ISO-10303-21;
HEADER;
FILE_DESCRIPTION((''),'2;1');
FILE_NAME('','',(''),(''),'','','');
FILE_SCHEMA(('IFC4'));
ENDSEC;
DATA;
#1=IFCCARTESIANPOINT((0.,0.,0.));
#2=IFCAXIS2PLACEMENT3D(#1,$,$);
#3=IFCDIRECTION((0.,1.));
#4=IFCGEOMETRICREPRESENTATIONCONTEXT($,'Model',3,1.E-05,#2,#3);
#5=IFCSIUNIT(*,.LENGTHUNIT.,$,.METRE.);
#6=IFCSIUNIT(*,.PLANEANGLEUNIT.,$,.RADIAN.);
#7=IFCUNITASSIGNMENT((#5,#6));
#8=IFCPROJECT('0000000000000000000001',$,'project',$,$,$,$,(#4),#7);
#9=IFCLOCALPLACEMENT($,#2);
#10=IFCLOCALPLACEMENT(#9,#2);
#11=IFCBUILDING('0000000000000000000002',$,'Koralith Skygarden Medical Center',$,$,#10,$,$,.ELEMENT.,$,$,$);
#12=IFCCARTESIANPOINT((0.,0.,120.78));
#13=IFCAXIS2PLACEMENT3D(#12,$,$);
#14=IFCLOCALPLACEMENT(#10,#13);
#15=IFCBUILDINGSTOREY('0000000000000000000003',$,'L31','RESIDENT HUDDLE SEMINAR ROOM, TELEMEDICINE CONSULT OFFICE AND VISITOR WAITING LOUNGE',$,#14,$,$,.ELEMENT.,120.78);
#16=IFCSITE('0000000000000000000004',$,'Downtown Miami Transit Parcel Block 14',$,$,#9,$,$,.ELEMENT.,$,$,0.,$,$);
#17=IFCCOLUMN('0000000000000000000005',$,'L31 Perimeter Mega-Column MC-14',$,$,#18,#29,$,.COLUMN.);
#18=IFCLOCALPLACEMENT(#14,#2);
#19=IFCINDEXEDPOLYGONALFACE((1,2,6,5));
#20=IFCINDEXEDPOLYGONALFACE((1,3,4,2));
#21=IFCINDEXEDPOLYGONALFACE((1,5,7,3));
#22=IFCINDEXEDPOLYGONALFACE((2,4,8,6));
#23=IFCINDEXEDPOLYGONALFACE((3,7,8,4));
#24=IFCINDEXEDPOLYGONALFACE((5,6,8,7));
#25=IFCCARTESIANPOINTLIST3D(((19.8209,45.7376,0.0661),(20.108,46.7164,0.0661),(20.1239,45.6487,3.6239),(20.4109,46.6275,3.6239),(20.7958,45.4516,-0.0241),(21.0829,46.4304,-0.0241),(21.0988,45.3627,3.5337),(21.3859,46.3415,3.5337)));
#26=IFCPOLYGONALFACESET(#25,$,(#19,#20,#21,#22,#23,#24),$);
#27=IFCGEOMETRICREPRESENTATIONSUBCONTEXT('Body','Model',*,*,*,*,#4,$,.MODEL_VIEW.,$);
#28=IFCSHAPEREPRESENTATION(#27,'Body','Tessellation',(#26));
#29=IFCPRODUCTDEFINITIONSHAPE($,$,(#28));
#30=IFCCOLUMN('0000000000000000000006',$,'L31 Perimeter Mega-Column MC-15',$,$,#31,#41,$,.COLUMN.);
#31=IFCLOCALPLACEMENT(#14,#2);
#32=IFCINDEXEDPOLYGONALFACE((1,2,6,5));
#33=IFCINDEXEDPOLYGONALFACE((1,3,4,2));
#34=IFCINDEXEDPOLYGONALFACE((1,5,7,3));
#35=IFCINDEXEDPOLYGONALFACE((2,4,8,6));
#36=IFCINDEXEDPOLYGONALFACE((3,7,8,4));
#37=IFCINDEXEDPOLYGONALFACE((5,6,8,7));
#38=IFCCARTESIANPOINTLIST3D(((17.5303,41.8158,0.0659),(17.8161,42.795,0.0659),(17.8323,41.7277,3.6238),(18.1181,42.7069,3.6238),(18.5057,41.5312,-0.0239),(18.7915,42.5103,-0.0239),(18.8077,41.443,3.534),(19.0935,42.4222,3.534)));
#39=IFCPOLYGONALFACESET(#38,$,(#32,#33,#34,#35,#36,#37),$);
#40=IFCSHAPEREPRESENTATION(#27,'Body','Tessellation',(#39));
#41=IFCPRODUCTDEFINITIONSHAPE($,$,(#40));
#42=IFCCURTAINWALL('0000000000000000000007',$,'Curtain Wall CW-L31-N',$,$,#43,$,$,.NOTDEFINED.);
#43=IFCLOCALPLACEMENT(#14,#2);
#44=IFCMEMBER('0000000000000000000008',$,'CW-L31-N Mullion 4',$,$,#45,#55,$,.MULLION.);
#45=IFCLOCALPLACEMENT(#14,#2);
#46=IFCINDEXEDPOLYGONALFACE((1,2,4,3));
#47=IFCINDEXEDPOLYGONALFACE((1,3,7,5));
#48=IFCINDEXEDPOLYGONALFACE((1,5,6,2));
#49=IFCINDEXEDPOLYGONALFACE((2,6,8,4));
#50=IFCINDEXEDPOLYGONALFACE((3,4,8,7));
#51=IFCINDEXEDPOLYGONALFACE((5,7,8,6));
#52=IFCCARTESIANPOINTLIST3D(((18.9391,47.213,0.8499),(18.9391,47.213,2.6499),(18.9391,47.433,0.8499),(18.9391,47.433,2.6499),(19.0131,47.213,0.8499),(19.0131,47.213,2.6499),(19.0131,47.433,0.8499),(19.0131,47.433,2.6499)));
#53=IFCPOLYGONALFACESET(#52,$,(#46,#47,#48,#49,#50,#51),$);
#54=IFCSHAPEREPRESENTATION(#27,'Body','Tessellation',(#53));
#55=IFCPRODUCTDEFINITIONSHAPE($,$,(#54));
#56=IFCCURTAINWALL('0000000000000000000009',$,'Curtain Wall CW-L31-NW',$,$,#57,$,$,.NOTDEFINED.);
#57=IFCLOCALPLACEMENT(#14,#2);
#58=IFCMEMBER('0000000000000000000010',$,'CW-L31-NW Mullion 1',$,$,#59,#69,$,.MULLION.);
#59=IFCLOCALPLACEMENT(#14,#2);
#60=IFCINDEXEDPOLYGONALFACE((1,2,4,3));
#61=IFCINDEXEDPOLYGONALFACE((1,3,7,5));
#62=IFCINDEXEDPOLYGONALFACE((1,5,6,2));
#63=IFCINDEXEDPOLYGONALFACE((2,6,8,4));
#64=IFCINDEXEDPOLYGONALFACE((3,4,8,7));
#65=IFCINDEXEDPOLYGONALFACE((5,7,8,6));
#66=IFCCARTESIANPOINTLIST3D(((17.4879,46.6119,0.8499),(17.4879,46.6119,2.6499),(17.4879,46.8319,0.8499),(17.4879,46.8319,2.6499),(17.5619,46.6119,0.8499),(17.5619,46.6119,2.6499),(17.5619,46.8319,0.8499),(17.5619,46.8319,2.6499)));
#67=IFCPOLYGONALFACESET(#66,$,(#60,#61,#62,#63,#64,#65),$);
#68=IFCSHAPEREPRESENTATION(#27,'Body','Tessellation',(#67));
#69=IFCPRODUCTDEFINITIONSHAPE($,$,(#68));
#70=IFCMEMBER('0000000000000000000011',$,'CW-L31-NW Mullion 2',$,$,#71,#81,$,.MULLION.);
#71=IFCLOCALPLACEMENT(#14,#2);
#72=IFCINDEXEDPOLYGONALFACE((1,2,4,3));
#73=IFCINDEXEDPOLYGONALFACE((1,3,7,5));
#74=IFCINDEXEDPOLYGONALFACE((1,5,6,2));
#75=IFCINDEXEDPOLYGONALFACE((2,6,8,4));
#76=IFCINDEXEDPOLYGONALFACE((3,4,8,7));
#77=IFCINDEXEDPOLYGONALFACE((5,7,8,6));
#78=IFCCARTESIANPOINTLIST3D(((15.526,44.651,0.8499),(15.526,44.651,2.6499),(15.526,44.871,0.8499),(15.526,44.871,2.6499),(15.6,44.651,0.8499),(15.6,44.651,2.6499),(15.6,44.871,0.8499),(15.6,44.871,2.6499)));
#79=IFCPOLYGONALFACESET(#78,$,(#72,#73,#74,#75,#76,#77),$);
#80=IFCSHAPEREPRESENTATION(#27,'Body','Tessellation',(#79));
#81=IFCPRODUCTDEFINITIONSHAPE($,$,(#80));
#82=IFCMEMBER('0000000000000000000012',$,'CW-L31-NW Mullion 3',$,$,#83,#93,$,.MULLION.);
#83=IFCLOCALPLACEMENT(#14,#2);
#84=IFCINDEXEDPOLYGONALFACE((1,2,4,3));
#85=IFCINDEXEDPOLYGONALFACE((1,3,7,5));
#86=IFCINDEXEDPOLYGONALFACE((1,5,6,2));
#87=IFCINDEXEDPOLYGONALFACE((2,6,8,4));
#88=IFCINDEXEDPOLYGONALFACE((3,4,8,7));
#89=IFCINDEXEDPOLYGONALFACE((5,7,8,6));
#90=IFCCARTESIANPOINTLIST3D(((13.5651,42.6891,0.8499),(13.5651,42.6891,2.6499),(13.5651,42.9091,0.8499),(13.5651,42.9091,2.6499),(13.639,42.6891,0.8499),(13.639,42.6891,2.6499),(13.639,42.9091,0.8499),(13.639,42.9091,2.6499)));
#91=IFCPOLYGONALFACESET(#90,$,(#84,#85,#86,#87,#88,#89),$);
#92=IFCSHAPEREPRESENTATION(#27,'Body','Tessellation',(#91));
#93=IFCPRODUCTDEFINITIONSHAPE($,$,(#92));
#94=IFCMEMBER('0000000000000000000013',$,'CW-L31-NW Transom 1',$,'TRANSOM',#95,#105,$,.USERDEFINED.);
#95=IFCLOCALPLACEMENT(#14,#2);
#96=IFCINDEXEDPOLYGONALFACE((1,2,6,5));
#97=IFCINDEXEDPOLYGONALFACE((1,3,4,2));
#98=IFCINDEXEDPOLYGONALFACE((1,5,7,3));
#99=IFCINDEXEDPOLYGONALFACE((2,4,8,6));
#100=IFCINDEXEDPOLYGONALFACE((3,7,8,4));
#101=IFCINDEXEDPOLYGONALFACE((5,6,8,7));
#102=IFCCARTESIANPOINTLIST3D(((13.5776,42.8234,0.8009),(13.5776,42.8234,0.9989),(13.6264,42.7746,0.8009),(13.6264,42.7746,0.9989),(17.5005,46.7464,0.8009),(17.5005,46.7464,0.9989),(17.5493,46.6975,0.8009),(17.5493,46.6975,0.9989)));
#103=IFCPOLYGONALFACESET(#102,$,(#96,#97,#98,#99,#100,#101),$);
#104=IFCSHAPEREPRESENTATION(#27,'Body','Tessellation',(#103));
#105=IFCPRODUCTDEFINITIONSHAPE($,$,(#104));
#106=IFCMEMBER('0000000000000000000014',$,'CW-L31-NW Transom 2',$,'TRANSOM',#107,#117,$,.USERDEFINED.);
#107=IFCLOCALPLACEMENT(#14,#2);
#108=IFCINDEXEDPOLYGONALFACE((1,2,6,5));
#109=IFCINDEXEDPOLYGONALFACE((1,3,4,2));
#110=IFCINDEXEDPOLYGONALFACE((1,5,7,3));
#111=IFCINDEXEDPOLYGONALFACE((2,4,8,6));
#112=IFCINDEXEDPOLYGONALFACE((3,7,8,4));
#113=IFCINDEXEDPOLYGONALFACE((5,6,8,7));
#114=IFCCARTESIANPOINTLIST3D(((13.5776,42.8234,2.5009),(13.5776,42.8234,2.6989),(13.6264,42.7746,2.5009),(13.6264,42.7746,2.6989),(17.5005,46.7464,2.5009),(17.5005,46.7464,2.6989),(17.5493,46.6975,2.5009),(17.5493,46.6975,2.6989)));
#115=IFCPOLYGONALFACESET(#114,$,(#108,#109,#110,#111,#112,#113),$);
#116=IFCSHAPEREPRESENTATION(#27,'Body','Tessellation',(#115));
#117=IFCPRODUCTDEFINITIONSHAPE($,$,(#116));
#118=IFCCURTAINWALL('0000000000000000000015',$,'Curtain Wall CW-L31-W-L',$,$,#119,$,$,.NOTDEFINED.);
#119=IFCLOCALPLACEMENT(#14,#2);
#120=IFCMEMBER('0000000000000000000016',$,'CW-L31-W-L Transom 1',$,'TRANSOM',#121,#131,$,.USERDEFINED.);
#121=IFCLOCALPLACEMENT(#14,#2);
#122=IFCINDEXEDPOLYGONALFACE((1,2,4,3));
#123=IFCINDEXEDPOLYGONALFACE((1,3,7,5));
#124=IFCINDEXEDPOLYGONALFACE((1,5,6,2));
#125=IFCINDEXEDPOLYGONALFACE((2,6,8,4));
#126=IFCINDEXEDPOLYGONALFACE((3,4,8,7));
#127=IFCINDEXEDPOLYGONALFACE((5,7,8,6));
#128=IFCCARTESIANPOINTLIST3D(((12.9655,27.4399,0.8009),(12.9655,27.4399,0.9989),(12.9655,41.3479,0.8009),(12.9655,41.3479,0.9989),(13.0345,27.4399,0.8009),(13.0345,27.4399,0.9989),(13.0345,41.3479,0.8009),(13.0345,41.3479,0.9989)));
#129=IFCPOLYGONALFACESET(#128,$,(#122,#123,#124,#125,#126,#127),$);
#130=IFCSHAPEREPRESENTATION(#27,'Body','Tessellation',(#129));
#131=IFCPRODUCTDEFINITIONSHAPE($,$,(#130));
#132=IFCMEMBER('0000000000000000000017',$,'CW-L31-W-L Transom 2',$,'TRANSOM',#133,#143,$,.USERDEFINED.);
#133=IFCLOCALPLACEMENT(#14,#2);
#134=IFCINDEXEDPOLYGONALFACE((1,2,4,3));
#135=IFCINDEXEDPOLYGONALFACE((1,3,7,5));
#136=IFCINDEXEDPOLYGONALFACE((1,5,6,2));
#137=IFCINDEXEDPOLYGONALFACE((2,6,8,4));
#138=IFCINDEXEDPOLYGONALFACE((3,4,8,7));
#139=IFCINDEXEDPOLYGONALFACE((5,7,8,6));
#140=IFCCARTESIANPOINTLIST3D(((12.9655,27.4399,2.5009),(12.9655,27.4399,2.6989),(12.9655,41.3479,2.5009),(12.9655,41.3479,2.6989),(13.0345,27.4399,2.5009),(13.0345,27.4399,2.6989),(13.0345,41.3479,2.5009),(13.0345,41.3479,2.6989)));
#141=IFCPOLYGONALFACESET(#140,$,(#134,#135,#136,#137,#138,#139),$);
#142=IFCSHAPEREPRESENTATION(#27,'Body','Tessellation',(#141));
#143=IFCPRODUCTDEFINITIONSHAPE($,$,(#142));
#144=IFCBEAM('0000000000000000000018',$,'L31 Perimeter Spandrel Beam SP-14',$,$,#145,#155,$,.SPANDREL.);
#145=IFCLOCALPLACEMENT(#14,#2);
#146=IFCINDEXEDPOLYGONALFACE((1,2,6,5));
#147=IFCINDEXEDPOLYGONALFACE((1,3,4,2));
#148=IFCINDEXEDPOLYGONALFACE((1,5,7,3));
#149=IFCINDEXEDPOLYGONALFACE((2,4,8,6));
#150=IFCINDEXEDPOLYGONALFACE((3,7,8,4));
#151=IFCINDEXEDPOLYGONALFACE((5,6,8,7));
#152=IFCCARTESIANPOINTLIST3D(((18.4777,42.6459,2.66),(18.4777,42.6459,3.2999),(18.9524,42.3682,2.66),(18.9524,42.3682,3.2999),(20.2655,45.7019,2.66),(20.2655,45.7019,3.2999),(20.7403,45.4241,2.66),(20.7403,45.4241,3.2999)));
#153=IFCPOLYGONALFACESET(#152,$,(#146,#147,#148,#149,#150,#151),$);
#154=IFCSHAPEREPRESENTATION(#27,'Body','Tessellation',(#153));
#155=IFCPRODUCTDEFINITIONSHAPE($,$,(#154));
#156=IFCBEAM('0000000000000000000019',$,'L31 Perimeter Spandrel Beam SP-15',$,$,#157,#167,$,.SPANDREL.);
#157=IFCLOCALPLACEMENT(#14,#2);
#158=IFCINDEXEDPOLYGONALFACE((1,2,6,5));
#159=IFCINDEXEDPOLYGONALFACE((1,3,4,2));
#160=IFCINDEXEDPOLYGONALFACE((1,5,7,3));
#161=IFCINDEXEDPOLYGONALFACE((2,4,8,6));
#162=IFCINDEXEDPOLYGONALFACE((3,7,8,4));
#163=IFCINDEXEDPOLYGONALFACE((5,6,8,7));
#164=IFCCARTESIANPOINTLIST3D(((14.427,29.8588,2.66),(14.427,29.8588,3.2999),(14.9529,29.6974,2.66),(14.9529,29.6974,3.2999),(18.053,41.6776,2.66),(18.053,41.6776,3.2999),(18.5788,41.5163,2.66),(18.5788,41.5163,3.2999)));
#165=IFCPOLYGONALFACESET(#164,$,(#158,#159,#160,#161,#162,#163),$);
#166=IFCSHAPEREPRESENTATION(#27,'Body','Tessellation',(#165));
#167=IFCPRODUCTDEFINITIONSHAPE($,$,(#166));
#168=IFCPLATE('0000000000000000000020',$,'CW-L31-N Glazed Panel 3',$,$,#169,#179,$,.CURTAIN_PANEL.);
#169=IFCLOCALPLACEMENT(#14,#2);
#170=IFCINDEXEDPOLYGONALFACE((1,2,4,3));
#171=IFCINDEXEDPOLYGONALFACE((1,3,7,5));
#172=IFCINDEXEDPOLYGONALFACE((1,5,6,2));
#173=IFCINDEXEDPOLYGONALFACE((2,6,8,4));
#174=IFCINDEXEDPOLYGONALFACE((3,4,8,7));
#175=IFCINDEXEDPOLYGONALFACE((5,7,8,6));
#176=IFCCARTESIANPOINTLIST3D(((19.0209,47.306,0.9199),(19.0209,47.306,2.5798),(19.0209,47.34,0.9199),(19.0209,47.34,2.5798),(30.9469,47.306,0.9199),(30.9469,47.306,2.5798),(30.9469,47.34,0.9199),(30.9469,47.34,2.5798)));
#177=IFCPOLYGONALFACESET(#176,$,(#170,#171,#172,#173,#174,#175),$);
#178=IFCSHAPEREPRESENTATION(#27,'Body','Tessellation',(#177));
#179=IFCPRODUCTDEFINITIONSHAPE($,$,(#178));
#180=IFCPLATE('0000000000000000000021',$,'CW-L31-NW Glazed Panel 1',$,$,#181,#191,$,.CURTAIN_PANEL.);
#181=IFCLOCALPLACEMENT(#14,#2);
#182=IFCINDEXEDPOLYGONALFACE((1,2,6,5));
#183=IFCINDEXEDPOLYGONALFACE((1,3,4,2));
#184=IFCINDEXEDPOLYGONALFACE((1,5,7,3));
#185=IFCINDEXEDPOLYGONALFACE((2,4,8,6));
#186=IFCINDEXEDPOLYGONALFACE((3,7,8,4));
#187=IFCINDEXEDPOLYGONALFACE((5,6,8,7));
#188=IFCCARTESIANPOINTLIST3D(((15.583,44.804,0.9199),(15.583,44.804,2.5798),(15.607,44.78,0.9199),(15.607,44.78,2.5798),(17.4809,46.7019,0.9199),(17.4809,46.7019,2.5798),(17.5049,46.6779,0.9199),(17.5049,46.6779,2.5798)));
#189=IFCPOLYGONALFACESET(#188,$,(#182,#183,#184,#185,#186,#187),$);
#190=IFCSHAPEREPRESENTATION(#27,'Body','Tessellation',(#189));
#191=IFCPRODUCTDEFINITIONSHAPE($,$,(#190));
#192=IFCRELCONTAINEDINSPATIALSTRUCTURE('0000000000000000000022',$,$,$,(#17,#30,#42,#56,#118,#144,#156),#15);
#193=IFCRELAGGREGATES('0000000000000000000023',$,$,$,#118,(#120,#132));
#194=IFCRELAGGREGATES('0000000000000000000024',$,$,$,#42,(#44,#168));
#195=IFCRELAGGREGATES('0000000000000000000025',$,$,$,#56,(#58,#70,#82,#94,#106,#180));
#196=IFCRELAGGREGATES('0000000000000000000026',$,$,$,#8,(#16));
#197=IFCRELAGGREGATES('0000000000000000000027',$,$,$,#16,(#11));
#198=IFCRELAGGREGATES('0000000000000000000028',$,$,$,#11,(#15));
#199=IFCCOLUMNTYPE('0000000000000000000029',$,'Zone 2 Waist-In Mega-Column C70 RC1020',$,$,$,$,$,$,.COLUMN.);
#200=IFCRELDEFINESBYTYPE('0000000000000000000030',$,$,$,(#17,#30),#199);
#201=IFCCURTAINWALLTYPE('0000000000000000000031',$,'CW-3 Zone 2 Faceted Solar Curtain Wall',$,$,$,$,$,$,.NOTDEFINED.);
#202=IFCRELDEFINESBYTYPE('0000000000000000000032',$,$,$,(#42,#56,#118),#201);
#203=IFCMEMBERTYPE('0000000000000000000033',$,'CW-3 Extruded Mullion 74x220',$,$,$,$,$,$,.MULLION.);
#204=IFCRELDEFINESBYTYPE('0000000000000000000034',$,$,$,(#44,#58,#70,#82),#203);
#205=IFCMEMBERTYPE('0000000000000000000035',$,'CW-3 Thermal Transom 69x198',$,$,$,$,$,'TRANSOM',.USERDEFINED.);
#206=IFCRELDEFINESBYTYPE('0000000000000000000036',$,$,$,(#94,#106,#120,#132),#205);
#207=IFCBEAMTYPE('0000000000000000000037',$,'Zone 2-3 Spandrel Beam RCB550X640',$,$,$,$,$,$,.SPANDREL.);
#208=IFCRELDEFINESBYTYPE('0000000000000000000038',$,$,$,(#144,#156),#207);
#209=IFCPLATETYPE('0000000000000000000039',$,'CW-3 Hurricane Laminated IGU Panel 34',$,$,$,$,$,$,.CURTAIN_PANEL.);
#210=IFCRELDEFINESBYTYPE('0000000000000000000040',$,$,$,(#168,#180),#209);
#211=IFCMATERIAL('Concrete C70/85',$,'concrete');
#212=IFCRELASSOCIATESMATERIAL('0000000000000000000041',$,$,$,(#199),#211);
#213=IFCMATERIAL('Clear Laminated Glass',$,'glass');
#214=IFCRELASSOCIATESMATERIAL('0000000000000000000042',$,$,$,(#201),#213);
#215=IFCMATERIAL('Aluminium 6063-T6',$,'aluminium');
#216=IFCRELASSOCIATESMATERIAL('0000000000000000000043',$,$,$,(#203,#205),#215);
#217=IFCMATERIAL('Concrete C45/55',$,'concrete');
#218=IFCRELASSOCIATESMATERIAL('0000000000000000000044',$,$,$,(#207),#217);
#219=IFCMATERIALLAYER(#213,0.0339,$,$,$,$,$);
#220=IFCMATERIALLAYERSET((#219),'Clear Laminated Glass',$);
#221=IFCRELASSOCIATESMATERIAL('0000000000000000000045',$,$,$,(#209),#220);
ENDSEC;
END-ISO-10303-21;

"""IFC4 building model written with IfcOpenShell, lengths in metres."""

from ifc_helpers import new_model, si_unit, direction, frame, origin, origin_2d, place, context, subcontext, project, spatial, rectangle, extrude, material, layer, layer_set, material_profile, profile_set, type_object, element, aggregate, save


model = new_model("IFC4")

# Units and contexts
model_context = context("Model", 3, precision=1e-05, world=origin(), true_north=direction((0.0, 1.0)))
body_context = subcontext(model_context, "Body", "Model", "MODEL_VIEW")
ifc_project = project(units=[si_unit("LENGTHUNIT", "METRE"), si_unit("PLANEANGLEUNIT", "RADIAN")], contexts=[model_context])

# Site, building, storey
site_placement = place(None, origin())
site = spatial("IfcSite", under=ifc_project, at=site_placement, Name="Downtown Miami Transit Parcel Block 14", CompositionType="ELEMENT", RefElevation=0.0)
building_placement = place(site_placement, origin())
building = spatial("IfcBuilding", under=site, at=building_placement, Name="Koralith Skygarden Medical Center", CompositionType="ELEMENT")
storey_placement = place(building_placement, frame((0.0, 0.0, 120.78)))
storey = spatial("IfcBuildingStorey", under=building, at=storey_placement, Name="L31", Description="RESIDENT HUDDLE SEMINAR ROOM, TELEMEDICINE CONSULT OFFICE AND VISITOR WAITING LOUNGE", CompositionType="ELEMENT", Elevation=120.78)

# Columns
ifc_material_1 = material(Name="Concrete C70/85", Category="concrete")
ifc_material_profile_1 = material_profile(ifc_material_1, rectangle(XDim=1.02, YDim=1.02, at=origin_2d()), Name="RC1020X1020")
ifc_profile_set_1 = profile_set([ifc_material_profile_1], Name="Concrete C70/85")
column_type = type_object("IfcColumnType", Name="Zone 2 Waist-In Mega-Column C70 RC1020", PredefinedType="COLUMN", material=ifc_profile_set_1)
for number, where, z_axis, x_axis, name in (
    (1, (20.4519, 46.084, 0.021), (0.084824, -0.02488, 0.996085), (0.281455, 0.959575, 0.0), "L31 Perimeter Mega-Column MC-14"),
    (2, (18.1609, 42.1631, 0.021), (0.084553, -0.024676, 0.996113), (0.280149, 0.959957, 0.0), "L31 Perimeter Mega-Column MC-15"),
):
    element("IfcColumn", number, at=place(storey_placement, frame(where, z_axis=z_axis, x_axis=x_axis)), inside=storey, type_object=column_type, Name=name, PredefinedType="COLUMN", context=body_context, shape_type="SweptSolid", body=[
        extrude(rectangle(XDim=1.02, YDim=1.02, at=origin_2d()), origin(), (0.0, 0.0, 1.0), 3.5718),
    ])

# Curtain wall, member
ifc_material_2 = material(Name="Clear Laminated Glass", Category="glass")
curtain_wall_type = type_object("IfcCurtainWallType", Name="CW-3 Zone 2 Faceted Solar Curtain Wall", PredefinedType="NOTDEFINED", material=ifc_material_2)
curtain_wall_1_placement = place(storey_placement, origin())
curtain_wall_1 = element("IfcCurtainWall", 3, at=curtain_wall_1_placement, inside=storey, type_object=curtain_wall_type, Name="Curtain Wall CW-L31-N", PredefinedType="NOTDEFINED")
ifc_material_3 = material(Name="Aluminium 6063-T6", Category="aluminium")
ifc_material_profile_2 = material_profile(ifc_material_3, rectangle(XDim=0.074, YDim=0.22, at=origin_2d()), Name="MUL74X220")
ifc_profile_set_2 = profile_set([ifc_material_profile_2], Name="Aluminium 6063-T6")
member_type_1 = type_object("IfcMemberType", Name="CW-3 Extruded Mullion 74x220", PredefinedType="MULLION", material=ifc_profile_set_2)
member_1_placement = place(storey_placement, frame((18.9761, 47.323, 0.8499), z_axis=(0.0, 0.0, 1.0), x_axis=(1.0, 0.0, 0.0)))
member_1 = element("IfcMember", 4, at=member_1_placement, type_object=member_type_1, Name="CW-L31-N Mullion 4", PredefinedType="MULLION", context=body_context, shape_type="SweptSolid", body=[
    extrude(rectangle(XDim=0.074, YDim=0.22, at=origin_2d()), origin(), (0.0, 0.0, 1.0), 1.8),
])

# Curtain walls, members
curtain_wall_2_placement = place(storey_placement, origin())
curtain_wall_2 = element("IfcCurtainWall", 5, at=curtain_wall_2_placement, inside=storey, type_object=curtain_wall_type, Name="Curtain Wall CW-L31-NW", PredefinedType="NOTDEFINED")
member_2_placement = place(storey_placement, frame((17.5249, 46.7219, 0.8499), z_axis=(0.0, 0.0, 1.0), x_axis=(1.0, 0.0, 0.0)))
member_2 = element("IfcMember", 6, at=member_2_placement, type_object=member_type_1, Name="CW-L31-NW Mullion 1", PredefinedType="MULLION", context=body_context, shape_type="SweptSolid", body=[
    extrude(rectangle(XDim=0.074, YDim=0.22, at=origin_2d()), origin(), (0.0, 0.0, 1.0), 1.8),
])
member_3_placement = place(storey_placement, frame((15.563, 44.761, 0.8499), z_axis=(0.0, 0.0, 1.0), x_axis=(1.0, 0.0, 0.0)))
member_3 = element("IfcMember", 7, at=member_3_placement, type_object=member_type_1, Name="CW-L31-NW Mullion 2", PredefinedType="MULLION", context=body_context, shape_type="SweptSolid", body=[
    extrude(rectangle(XDim=0.074, YDim=0.22, at=origin_2d()), origin(), (0.0, 0.0, 1.0), 1.8),
])
member_4_placement = place(storey_placement, frame((13.6021, 42.7991, 0.8499), z_axis=(0.0, 0.0, 1.0), x_axis=(1.0, 0.0, 0.0)))
member_4 = element("IfcMember", 8, at=member_4_placement, type_object=member_type_1, Name="CW-L31-NW Mullion 3", PredefinedType="MULLION", context=body_context, shape_type="SweptSolid", body=[
    extrude(rectangle(XDim=0.074, YDim=0.22, at=origin_2d()), origin(), (0.0, 0.0, 1.0), 1.8),
])
ifc_material_profile_3 = material_profile(ifc_material_3, rectangle(XDim=0.0691, YDim=0.198, at=origin_2d()), Name="TRN69X198")
ifc_profile_set_3 = profile_set([ifc_material_profile_3], Name="Aluminium 6063-T6")
member_type_2 = type_object("IfcMemberType", Name="CW-3 Thermal Transom 69x198", ElementType="TRANSOM", PredefinedType="USERDEFINED", material=ifc_profile_set_3)
member_5_placement = place(storey_placement, frame((17.5249, 46.7219, 0.8999), z_axis=(-0.707107, -0.707107, 0.0), x_axis=(0.707107, -0.707107, 0.0)))
member_5 = element("IfcMember", 9, at=member_5_placement, type_object=member_type_2, Name="CW-L31-NW Transom 1", ObjectType="TRANSOM", PredefinedType="USERDEFINED", context=body_context, shape_type="SweptSolid", body=[
    extrude(rectangle(XDim=0.0691, YDim=0.198, at=origin_2d()), origin(), (0.0, 0.0, 1.0), 5.5479),
])
member_6_placement = place(storey_placement, frame((17.5249, 46.7219, 2.5999), z_axis=(-0.707107, -0.707107, 0.0), x_axis=(0.707107, -0.707107, 0.0)))
member_6 = element("IfcMember", 10, at=member_6_placement, type_object=member_type_2, Name="CW-L31-NW Transom 2", ObjectType="TRANSOM", PredefinedType="USERDEFINED", context=body_context, shape_type="SweptSolid", body=[
    extrude(rectangle(XDim=0.0691, YDim=0.198, at=origin_2d()), origin(), (0.0, 0.0, 1.0), 5.5479),
])
curtain_wall_3_placement = place(storey_placement, origin())
curtain_wall_3 = element("IfcCurtainWall", 11, at=curtain_wall_3_placement, inside=storey, type_object=curtain_wall_type, Name="Curtain Wall CW-L31-W-L", PredefinedType="NOTDEFINED")
member_7_placement = place(storey_placement, frame((13.0, 41.3479, 0.8999), z_axis=(0.0, -1.0, 0.0), x_axis=(1.0, 0.0, 0.0)))
member_7 = element("IfcMember", 12, at=member_7_placement, type_object=member_type_2, Name="CW-L31-W-L Transom 1", ObjectType="TRANSOM", PredefinedType="USERDEFINED", context=body_context, shape_type="SweptSolid", body=[
    extrude(rectangle(XDim=0.0691, YDim=0.198, at=origin_2d()), origin(), (0.0, 0.0, 1.0), 13.908),
])
member_8_placement = place(storey_placement, frame((13.0, 41.3479, 2.5999), z_axis=(0.0, -1.0, 0.0), x_axis=(1.0, 0.0, 0.0)))
member_8 = element("IfcMember", 13, at=member_8_placement, type_object=member_type_2, Name="CW-L31-W-L Transom 2", ObjectType="TRANSOM", PredefinedType="USERDEFINED", context=body_context, shape_type="SweptSolid", body=[
    extrude(rectangle(XDim=0.0691, YDim=0.198, at=origin_2d()), origin(), (0.0, 0.0, 1.0), 13.908),
])
aggregate(curtain_wall_3, [member_7, member_8])

# Beams
ifc_material_4 = material(Name="Concrete C45/55", Category="concrete")
ifc_material_profile_4 = material_profile(ifc_material_4, rectangle(XDim=0.55, YDim=0.6399, at=origin_2d()), Name="RCB550X640")
ifc_profile_set_4 = profile_set([ifc_material_profile_4], Name="Concrete C45/55")
beam_type = type_object("IfcBeamType", Name="Zone 2-3 Spandrel Beam RCB550X640", PredefinedType="SPANDREL", material=ifc_profile_set_4)
beam_1_placement = place(storey_placement, frame((20.5029, 45.563, 2.98), z_axis=(-0.504972, -0.863135, 0.0), x_axis=(0.863135, -0.504972, 0.0)))
element("IfcBeam", 14, at=beam_1_placement, inside=storey, type_object=beam_type, Name="L31 Perimeter Spandrel Beam SP-14", PredefinedType="SPANDREL", context=body_context, shape_type="SweptSolid", body=[
    extrude(rectangle(XDim=0.55, YDim=0.6399, at=origin_2d()), origin(), (0.0, 0.0, 1.0), 3.5405),
])
beam_2_placement = place(storey_placement, frame((18.3159, 41.5969, 2.98), z_axis=(-0.293303, -0.95602, 0.0), x_axis=(0.95602, -0.293303, 0.0)))
element("IfcBeam", 15, at=beam_2_placement, inside=storey, type_object=beam_type, Name="L31 Perimeter Spandrel Beam SP-15", PredefinedType="SPANDREL", context=body_context, shape_type="SweptSolid", body=[
    extrude(rectangle(XDim=0.55, YDim=0.6399, at=origin_2d()), origin(), (0.0, 0.0, 1.0), 12.3625),
])

# Plates
ifc_layer_1 = layer(ifc_material_2, 0.0339)
ifc_layer_set_1 = layer_set([ifc_layer_1], Name="Clear Laminated Glass")
plate_type_1 = type_object("IfcPlateType", Name="CW-3 Hurricane Laminated IGU Panel 34", PredefinedType="CURTAIN_PANEL", material=ifc_layer_set_1)
plate_1_placement = place(storey_placement, frame((24.9839, 47.323, 0.9199), z_axis=(0.0, 0.0, 1.0), x_axis=(-1.0, 0.0, 0.0)))
plate_1 = element("IfcPlate", 16, at=plate_1_placement, type_object=plate_type_1, Name="CW-L31-N Glazed Panel 3", PredefinedType="CURTAIN_PANEL", context=body_context, shape_type="SweptSolid", body=[
    extrude(rectangle(XDim=11.926, YDim=0.0339, at=origin_2d()), origin(), (0.0, 0.0, 1.0), 1.6599),
])
aggregate(curtain_wall_1, [member_1, plate_1])
plate_2_placement = place(storey_placement, frame((16.5439, 45.741, 0.9199), z_axis=(0.0, 0.0, 1.0), x_axis=(-0.707107, -0.707107, 0.0)))
plate_2 = element("IfcPlate", 17, at=plate_2_placement, type_object=plate_type_1, Name="CW-L31-NW Glazed Panel 1", PredefinedType="CURTAIN_PANEL", context=body_context, shape_type="SweptSolid", body=[
    extrude(rectangle(XDim=2.6841, YDim=0.0339, at=origin_2d()), origin(), (0.0, 0.0, 1.0), 1.6599),
])
aggregate(curtain_wall_2, [member_2, member_3, member_4, member_5, member_6, plate_2])

save(model, "model.ifc")
